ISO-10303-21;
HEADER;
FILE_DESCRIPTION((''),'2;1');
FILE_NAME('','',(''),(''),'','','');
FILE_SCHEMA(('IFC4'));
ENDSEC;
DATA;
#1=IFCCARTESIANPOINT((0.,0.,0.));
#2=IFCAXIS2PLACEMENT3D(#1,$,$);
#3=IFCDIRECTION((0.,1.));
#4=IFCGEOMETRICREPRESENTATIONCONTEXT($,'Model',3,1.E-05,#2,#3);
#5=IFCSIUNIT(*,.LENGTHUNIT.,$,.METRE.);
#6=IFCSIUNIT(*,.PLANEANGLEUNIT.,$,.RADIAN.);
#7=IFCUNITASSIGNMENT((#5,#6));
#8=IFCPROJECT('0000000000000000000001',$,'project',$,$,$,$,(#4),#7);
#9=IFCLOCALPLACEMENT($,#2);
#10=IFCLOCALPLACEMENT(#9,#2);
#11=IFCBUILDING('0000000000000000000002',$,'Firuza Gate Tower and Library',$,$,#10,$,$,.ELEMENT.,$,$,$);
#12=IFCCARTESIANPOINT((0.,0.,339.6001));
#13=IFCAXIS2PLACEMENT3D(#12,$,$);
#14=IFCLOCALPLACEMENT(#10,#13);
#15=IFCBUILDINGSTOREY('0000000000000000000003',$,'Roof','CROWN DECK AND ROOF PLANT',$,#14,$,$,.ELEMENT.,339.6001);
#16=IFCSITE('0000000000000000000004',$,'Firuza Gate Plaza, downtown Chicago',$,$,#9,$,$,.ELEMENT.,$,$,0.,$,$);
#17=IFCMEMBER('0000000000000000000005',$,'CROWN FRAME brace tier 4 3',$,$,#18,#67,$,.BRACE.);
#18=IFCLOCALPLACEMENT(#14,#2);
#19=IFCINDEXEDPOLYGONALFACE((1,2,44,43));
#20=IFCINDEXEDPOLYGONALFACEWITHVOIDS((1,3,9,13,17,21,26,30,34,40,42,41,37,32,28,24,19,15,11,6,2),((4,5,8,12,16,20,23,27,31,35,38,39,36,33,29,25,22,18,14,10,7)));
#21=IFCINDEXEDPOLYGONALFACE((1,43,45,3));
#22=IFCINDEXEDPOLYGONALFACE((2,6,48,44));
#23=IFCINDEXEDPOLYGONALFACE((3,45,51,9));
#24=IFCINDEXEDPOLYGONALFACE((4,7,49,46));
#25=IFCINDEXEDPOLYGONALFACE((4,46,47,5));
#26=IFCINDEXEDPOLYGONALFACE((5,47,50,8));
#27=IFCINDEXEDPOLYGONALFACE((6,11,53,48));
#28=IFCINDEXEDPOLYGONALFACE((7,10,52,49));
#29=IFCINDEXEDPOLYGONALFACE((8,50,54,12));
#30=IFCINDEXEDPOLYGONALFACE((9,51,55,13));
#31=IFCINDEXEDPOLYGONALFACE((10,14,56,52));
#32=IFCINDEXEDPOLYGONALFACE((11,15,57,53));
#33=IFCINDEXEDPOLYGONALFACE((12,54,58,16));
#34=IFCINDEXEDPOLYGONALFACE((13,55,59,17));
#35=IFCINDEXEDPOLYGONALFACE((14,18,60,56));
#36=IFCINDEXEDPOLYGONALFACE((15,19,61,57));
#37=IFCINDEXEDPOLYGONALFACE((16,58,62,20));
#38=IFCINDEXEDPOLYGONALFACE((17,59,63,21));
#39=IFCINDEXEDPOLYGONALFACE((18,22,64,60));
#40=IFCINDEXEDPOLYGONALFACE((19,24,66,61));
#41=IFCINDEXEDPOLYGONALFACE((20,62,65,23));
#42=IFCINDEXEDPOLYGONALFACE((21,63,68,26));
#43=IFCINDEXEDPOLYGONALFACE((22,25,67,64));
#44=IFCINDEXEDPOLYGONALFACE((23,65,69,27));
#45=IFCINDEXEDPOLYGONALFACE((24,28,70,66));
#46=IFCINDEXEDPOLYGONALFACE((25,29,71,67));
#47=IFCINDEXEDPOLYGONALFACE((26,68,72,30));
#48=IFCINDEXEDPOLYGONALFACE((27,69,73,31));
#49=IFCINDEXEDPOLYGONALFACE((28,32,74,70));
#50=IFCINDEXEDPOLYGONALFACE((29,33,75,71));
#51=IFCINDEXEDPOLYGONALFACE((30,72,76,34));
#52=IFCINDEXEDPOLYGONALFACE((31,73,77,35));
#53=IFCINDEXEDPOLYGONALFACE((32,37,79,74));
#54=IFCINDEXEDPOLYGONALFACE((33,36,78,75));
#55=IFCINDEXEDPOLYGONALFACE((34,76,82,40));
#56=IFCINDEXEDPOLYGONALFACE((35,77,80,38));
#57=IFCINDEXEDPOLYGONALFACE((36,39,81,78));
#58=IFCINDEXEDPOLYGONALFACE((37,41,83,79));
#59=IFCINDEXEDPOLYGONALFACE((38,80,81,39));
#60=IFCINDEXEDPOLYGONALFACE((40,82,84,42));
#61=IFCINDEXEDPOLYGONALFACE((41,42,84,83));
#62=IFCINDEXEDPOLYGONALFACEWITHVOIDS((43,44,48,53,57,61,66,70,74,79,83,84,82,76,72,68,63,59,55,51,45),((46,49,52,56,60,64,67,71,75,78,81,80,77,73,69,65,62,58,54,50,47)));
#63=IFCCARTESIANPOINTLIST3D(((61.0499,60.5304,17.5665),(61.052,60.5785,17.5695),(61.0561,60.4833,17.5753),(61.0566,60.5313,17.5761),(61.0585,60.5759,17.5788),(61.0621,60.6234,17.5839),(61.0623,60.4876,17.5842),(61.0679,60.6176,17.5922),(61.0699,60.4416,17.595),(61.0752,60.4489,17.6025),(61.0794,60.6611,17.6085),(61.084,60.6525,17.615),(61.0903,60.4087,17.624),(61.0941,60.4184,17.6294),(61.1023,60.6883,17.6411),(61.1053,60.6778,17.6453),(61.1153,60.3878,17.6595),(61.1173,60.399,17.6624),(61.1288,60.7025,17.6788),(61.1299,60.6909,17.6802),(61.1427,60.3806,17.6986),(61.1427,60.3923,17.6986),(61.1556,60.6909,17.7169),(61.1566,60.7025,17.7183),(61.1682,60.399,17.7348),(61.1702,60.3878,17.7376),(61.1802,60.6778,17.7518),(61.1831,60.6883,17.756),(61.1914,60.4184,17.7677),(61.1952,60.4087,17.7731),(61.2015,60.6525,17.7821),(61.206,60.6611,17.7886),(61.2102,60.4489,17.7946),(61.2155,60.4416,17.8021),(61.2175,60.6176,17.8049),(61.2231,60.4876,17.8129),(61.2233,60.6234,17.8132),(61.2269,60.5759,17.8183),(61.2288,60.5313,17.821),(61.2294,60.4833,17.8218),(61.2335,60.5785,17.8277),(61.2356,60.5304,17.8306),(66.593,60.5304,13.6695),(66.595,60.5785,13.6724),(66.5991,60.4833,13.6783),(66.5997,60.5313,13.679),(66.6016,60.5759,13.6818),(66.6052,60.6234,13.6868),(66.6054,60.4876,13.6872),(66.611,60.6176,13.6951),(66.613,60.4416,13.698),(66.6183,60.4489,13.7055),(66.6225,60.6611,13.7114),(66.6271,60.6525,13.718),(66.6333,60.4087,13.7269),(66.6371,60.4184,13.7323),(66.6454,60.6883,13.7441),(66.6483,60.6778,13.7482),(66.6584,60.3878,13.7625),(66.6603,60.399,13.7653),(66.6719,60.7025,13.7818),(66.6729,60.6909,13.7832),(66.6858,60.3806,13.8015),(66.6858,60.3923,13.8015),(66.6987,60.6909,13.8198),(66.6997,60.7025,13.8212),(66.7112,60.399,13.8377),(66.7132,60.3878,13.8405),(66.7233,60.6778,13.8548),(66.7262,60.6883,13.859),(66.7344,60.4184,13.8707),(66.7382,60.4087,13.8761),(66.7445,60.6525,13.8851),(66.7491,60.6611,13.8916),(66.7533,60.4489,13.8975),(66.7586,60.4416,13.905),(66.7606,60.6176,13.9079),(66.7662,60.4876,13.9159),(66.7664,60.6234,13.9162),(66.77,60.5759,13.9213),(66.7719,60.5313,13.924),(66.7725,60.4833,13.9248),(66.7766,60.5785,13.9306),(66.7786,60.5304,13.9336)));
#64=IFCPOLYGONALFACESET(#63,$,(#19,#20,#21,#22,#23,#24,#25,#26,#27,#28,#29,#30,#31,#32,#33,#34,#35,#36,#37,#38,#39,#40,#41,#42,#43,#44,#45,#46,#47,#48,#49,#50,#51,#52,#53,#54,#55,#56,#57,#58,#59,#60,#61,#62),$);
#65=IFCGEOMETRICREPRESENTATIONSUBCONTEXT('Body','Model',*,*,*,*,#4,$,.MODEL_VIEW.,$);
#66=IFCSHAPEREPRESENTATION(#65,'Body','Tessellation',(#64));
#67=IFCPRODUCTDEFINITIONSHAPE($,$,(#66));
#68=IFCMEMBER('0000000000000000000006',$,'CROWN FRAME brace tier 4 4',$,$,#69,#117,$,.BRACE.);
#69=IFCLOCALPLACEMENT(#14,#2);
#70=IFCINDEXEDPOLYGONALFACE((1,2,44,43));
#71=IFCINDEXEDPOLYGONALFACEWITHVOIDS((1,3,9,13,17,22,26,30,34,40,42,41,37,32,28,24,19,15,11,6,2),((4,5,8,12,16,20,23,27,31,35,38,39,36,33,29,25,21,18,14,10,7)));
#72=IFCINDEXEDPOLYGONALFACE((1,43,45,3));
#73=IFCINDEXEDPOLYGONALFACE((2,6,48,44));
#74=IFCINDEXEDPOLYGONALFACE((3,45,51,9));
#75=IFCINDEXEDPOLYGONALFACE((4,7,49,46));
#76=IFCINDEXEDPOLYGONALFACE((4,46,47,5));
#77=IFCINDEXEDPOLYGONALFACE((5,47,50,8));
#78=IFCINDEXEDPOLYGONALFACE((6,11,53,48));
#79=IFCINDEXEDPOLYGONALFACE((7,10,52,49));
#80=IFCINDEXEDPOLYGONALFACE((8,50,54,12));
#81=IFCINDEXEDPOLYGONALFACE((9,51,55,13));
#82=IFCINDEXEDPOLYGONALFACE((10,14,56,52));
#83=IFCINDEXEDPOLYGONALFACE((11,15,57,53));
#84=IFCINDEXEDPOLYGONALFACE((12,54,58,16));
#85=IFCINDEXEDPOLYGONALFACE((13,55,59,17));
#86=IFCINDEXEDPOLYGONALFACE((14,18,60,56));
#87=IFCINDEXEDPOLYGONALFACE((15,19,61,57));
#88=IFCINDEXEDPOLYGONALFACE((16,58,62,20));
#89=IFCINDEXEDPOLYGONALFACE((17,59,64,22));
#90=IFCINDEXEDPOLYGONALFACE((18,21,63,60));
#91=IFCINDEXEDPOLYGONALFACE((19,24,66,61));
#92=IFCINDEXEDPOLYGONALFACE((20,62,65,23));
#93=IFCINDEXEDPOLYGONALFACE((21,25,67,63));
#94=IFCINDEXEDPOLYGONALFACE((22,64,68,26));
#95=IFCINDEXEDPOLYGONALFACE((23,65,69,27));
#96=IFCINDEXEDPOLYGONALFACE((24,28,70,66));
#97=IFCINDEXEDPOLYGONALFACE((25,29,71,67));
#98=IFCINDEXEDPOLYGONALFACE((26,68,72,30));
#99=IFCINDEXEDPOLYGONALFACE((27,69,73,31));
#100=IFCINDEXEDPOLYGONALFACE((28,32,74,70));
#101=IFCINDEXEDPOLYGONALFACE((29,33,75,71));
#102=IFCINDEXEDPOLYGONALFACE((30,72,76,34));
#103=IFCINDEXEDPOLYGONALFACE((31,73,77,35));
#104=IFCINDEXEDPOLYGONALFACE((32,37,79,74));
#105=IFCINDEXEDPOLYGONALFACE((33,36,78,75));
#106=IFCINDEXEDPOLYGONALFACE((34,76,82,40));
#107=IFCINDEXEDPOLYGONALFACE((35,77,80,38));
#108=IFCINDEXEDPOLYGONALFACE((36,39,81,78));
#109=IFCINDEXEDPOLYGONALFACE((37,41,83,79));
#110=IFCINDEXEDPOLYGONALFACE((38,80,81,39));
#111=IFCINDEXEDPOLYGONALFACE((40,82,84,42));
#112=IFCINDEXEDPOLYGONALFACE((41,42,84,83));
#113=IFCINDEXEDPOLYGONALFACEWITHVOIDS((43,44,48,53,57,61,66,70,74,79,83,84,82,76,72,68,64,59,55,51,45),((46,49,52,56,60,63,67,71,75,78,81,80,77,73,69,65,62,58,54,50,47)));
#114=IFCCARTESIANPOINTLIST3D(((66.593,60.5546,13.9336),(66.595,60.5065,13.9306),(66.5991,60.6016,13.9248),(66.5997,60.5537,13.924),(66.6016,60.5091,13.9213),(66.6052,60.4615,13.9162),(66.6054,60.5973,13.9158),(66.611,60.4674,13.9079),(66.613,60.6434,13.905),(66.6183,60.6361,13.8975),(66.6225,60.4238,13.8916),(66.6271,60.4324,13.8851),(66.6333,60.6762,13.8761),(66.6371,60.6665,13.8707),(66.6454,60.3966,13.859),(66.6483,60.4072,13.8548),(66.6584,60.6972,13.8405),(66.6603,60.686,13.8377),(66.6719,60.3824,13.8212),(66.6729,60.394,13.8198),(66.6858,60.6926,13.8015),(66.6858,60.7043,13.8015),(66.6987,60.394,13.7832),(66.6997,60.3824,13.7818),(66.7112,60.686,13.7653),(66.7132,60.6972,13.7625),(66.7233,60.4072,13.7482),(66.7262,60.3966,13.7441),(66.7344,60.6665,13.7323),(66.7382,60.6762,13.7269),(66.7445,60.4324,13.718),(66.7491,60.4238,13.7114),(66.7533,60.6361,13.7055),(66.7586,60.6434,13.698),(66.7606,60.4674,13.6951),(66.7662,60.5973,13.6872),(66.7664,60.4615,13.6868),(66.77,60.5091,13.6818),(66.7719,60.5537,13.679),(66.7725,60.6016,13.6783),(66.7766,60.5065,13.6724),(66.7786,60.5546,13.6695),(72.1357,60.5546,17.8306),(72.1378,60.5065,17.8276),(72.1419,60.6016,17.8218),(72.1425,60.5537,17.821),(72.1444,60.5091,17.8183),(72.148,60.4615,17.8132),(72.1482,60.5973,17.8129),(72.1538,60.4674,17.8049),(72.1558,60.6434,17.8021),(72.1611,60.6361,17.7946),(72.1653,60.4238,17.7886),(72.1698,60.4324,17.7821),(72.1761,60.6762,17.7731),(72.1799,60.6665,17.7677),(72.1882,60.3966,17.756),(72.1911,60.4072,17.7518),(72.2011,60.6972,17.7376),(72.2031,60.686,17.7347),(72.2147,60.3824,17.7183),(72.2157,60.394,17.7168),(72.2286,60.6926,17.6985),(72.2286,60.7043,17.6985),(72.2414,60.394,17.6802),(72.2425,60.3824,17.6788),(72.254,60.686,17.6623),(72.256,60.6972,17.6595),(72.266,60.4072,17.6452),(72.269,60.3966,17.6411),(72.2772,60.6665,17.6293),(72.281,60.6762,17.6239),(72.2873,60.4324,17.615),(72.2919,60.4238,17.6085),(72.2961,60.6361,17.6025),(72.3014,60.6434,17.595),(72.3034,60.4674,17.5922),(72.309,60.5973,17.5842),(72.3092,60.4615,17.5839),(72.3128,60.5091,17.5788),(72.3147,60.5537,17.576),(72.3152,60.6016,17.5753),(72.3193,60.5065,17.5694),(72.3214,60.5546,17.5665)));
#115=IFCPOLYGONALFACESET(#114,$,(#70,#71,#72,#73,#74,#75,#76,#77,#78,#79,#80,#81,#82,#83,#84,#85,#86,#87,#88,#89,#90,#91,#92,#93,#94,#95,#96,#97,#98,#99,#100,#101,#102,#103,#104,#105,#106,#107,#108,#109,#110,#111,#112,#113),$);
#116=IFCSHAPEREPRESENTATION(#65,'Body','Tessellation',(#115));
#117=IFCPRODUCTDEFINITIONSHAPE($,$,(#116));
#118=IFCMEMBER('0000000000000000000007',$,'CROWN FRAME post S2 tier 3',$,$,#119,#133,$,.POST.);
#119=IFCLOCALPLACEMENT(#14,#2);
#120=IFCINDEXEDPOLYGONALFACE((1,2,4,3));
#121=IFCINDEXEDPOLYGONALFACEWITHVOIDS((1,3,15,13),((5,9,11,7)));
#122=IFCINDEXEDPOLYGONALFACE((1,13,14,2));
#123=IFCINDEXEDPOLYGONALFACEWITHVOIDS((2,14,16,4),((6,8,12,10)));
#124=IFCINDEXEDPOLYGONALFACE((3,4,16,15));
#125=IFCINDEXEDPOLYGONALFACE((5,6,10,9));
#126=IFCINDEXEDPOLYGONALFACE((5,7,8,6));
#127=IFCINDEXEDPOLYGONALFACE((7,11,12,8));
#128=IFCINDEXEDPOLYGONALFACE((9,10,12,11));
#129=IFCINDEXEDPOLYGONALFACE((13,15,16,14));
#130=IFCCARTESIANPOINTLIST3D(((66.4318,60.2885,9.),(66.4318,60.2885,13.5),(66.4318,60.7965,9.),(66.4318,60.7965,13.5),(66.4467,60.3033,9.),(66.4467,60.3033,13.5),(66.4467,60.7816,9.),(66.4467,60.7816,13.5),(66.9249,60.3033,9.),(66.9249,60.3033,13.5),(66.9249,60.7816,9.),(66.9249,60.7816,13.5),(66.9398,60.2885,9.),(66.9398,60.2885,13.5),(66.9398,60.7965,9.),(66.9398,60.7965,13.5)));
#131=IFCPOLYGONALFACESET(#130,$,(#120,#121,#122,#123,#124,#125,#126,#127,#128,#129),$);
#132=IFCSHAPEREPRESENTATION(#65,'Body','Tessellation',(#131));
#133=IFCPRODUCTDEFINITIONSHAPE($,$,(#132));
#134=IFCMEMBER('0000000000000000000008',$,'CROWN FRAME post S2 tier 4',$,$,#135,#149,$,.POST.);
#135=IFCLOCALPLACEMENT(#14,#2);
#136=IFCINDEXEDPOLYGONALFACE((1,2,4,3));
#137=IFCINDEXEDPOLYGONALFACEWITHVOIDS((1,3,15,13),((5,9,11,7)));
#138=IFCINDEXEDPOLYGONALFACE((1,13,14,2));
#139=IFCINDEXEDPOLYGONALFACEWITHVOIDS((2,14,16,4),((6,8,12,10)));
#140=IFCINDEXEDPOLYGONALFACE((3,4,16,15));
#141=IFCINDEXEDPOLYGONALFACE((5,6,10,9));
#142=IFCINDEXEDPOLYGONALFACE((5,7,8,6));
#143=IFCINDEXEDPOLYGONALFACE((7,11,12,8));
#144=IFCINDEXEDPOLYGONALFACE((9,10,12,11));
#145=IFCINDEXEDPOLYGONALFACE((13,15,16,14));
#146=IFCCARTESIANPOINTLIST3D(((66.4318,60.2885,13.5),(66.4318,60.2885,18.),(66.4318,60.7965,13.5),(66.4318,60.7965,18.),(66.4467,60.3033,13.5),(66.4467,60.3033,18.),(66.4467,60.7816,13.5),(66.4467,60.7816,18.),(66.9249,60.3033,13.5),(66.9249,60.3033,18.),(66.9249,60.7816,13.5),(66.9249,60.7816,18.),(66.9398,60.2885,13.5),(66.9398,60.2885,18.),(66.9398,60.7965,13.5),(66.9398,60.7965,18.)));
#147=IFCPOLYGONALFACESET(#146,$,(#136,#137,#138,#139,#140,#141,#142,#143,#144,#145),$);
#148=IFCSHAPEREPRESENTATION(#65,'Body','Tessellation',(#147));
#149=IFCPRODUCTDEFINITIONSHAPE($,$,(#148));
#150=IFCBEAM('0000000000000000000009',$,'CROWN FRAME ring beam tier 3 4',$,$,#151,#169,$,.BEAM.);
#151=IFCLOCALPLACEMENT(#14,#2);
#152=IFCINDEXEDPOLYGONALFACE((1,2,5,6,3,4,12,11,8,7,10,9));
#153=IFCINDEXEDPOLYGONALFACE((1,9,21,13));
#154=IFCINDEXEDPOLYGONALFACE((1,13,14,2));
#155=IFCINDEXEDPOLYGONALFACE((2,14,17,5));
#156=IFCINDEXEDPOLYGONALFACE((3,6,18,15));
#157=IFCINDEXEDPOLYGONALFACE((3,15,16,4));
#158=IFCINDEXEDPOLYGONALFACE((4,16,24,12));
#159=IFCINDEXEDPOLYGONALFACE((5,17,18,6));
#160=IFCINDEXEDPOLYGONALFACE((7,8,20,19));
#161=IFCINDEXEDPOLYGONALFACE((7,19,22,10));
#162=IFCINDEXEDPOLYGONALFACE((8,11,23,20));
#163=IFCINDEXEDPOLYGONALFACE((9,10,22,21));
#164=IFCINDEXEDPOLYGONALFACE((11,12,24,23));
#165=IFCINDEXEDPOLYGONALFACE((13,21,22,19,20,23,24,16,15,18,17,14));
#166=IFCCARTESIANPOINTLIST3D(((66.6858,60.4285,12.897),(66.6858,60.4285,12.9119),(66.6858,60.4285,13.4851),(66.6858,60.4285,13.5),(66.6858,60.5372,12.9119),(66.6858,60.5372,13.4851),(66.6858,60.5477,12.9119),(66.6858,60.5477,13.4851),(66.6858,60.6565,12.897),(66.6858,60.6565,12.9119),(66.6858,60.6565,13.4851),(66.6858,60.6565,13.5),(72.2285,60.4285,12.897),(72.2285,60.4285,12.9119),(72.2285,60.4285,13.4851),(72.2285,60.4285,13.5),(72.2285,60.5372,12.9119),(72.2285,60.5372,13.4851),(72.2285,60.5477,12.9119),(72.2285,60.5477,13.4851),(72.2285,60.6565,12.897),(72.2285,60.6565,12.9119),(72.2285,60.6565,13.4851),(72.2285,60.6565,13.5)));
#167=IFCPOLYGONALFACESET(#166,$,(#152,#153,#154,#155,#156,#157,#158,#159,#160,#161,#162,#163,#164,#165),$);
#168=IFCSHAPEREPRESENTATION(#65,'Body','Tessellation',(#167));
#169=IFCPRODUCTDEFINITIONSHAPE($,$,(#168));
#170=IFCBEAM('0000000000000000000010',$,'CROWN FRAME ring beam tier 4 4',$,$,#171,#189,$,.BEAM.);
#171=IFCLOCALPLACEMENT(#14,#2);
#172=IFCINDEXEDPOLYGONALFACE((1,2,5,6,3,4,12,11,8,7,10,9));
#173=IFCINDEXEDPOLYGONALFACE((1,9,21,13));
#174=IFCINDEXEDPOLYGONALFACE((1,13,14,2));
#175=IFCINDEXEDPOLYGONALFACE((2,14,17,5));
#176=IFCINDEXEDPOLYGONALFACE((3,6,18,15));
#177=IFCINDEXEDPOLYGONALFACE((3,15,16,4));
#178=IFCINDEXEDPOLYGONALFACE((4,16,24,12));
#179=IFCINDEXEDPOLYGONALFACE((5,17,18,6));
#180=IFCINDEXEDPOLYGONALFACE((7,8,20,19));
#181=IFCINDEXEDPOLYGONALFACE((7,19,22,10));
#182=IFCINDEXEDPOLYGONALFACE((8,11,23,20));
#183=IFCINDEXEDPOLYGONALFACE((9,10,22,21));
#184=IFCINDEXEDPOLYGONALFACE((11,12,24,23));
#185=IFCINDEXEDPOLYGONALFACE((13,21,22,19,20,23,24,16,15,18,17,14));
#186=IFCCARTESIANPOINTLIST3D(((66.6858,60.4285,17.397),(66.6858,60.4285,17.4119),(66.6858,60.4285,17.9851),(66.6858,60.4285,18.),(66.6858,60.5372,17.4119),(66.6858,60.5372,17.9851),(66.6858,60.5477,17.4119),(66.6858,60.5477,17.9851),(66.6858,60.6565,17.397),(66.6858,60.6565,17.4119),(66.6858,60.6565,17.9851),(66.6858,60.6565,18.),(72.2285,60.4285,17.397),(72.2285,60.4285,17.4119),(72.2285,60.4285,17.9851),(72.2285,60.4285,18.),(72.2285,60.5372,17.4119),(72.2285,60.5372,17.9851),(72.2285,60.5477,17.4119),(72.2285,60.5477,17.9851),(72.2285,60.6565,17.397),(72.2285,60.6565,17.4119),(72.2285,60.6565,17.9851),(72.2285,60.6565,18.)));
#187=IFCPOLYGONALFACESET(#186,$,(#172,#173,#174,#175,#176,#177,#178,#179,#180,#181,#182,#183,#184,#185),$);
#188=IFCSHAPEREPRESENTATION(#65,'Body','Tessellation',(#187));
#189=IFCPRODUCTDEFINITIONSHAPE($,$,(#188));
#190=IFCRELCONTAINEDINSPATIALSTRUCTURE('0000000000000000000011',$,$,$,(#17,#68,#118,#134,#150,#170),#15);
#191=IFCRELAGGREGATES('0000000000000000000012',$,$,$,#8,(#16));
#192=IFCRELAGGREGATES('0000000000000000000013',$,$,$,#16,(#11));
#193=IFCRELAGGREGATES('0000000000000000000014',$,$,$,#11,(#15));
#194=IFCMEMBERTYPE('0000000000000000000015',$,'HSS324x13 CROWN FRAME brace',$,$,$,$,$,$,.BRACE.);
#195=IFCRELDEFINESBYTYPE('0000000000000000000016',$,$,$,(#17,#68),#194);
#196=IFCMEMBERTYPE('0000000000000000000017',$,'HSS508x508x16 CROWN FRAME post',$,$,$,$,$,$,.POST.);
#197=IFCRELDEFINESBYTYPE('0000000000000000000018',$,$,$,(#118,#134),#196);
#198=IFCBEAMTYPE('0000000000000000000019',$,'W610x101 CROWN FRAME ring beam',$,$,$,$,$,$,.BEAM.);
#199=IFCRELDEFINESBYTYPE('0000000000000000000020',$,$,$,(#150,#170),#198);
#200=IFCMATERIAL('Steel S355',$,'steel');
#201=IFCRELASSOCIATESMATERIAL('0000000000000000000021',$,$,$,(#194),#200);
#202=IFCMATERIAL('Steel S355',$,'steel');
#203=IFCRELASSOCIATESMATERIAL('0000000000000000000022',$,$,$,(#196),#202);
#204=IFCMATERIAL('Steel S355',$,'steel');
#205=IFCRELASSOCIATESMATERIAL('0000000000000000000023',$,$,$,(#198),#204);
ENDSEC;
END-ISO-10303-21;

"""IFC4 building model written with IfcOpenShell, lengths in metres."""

from ifc_helpers import new_model, si_unit, direction, frame, origin, origin_2d, place, context, subcontext, project, spatial, hollow_rectangle, hollow_circle, i_section, extrude, material, material_profile, profile_set, type_object, element, save


model = new_model("IFC4")

# Units and contexts
model_context = context("Model", 3, precision=1e-05, world=origin(), true_north=direction((0.0, 1.0)))
body_context = subcontext(model_context, "Body", "Model", "MODEL_VIEW")
ifc_project = project(units=[si_unit("LENGTHUNIT", "METRE"), si_unit("PLANEANGLEUNIT", "RADIAN")], contexts=[model_context])

# Site, building, storey
site_placement = place(None, origin())
site = spatial("IfcSite", under=ifc_project, at=site_placement, Name="Firuza Gate Plaza, downtown Chicago", CompositionType="ELEMENT", RefElevation=0.0)
building_placement = place(site_placement, origin())
building = spatial("IfcBuilding", under=site, at=building_placement, Name="Firuza Gate Tower and Library", CompositionType="ELEMENT")
storey_placement = place(building_placement, frame((0.0, 0.0, 339.6001)))
storey = spatial("IfcBuildingStorey", under=building, at=storey_placement, Name="Roof", Description="CROWN DECK AND ROOF PLANT", CompositionType="ELEMENT", Elevation=339.6001)

# Members
ifc_material_1 = material(Name="Steel S355", Category="steel")
ifc_material_profile_1 = material_profile(ifc_material_1, hollow_circle(Radius=0.1619, WallThickness=0.0117, at=origin_2d()))
ifc_profile_set_1 = profile_set([ifc_material_profile_1], Name="Steel S355")
member_type_1 = type_object("IfcMemberType", Name="HSS324x13 CROWN FRAME brace", PredefinedType="BRACE", material=ifc_profile_set_1)
member_1_placement = place(storey_placement, frame((66.6858, 60.5425, 13.8015), z_axis=(-0.818059, 0.0, 0.575135), x_axis=(0.0, -1.0, 0.0)))
element("IfcMember", 1, at=member_1_placement, inside=storey, type_object=member_type_1, Name="CROWN FRAME brace tier 4 3", PredefinedType="BRACE", context=body_context, shape_type="SweptSolid", body=[
    extrude(hollow_circle(Radius=0.1619, WallThickness=0.0117, at=origin_2d()), origin(), (0.0, 0.0, 1.0), 6.7759),
])
member_2_placement = place(storey_placement, frame((66.6858, 60.5425, 13.8015), z_axis=(0.818047, 0.0, 0.575152), x_axis=(0.0, 1.0, 0.0)))
element("IfcMember", 2, at=member_2_placement, inside=storey, type_object=member_type_1, Name="CROWN FRAME brace tier 4 4", PredefinedType="BRACE", context=body_context, shape_type="SweptSolid", body=[
    extrude(hollow_circle(Radius=0.1619, WallThickness=0.0117, at=origin_2d()), origin(), (0.0, 0.0, 1.0), 6.7756),
])
ifc_material_2 = material(Name="Steel S355", Category="steel")
ifc_material_profile_2 = material_profile(ifc_material_2, hollow_rectangle(XDim=0.5081, YDim=0.5081, WallThickness=0.0149, at=origin_2d()))
ifc_profile_set_2 = profile_set([ifc_material_profile_2], Name="Steel S355")
member_type_2 = type_object("IfcMemberType", Name="HSS508x508x16 CROWN FRAME post", PredefinedType="POST", material=ifc_profile_set_2)
for number, where, z_axis, x_axis, name in (
    (3, (66.6858, 60.5425, 9.0), (0.0, 0.0, 1.0), (1.0, 0.0, 0.0), "CROWN FRAME post S2 tier 3"),
    (4, (66.6858, 60.5425, 13.5), (0.0, 0.0, 1.0), (1.0, 0.0, 0.0), "CROWN FRAME post S2 tier 4"),
):
    element("IfcMember", number, at=place(storey_placement, frame(where, z_axis=z_axis, x_axis=x_axis)), inside=storey, type_object=member_type_2, Name=name, PredefinedType="POST", context=body_context, shape_type="SweptSolid", body=[
        extrude(hollow_rectangle(XDim=0.5081, YDim=0.5081, WallThickness=0.0149, at=origin_2d()), origin(), (0.0, 0.0, 1.0), 4.5),
    ])

# Beams
ifc_material_3 = material(Name="Steel S355", Category="steel")
ifc_material_profile_3 = material_profile(ifc_material_3, i_section(OverallWidth=0.228, OverallDepth=0.603, WebThickness=0.0105, FlangeThickness=0.0149, at=origin_2d()))
ifc_profile_set_3 = profile_set([ifc_material_profile_3], Name="Steel S355")
beam_type = type_object("IfcBeamType", Name="W610x101 CROWN FRAME ring beam", PredefinedType="BEAM", material=ifc_profile_set_3)
for number, where, z_axis, x_axis, name in (
    (5, (66.6858, 60.5425, 13.1985), (1.0, 0.0, 0.0), (0.0, 1.0, 0.0), "CROWN FRAME ring beam tier 3 4"),
    (6, (66.6858, 60.5425, 17.6985), (1.0, 0.0, 0.0), (0.0, 1.0, 0.0), "CROWN FRAME ring beam tier 4 4"),
):
    element("IfcBeam", number, at=place(storey_placement, frame(where, z_axis=z_axis, x_axis=x_axis)), inside=storey, type_object=beam_type, Name=name, PredefinedType="BEAM", context=body_context, shape_type="SweptSolid", body=[
        extrude(i_section(OverallWidth=0.228, OverallDepth=0.603, WebThickness=0.0105, FlangeThickness=0.0149, at=origin_2d()), origin(), (0.0, 0.0, 1.0), 5.5427),
    ])

save(model, "model.ifc")
